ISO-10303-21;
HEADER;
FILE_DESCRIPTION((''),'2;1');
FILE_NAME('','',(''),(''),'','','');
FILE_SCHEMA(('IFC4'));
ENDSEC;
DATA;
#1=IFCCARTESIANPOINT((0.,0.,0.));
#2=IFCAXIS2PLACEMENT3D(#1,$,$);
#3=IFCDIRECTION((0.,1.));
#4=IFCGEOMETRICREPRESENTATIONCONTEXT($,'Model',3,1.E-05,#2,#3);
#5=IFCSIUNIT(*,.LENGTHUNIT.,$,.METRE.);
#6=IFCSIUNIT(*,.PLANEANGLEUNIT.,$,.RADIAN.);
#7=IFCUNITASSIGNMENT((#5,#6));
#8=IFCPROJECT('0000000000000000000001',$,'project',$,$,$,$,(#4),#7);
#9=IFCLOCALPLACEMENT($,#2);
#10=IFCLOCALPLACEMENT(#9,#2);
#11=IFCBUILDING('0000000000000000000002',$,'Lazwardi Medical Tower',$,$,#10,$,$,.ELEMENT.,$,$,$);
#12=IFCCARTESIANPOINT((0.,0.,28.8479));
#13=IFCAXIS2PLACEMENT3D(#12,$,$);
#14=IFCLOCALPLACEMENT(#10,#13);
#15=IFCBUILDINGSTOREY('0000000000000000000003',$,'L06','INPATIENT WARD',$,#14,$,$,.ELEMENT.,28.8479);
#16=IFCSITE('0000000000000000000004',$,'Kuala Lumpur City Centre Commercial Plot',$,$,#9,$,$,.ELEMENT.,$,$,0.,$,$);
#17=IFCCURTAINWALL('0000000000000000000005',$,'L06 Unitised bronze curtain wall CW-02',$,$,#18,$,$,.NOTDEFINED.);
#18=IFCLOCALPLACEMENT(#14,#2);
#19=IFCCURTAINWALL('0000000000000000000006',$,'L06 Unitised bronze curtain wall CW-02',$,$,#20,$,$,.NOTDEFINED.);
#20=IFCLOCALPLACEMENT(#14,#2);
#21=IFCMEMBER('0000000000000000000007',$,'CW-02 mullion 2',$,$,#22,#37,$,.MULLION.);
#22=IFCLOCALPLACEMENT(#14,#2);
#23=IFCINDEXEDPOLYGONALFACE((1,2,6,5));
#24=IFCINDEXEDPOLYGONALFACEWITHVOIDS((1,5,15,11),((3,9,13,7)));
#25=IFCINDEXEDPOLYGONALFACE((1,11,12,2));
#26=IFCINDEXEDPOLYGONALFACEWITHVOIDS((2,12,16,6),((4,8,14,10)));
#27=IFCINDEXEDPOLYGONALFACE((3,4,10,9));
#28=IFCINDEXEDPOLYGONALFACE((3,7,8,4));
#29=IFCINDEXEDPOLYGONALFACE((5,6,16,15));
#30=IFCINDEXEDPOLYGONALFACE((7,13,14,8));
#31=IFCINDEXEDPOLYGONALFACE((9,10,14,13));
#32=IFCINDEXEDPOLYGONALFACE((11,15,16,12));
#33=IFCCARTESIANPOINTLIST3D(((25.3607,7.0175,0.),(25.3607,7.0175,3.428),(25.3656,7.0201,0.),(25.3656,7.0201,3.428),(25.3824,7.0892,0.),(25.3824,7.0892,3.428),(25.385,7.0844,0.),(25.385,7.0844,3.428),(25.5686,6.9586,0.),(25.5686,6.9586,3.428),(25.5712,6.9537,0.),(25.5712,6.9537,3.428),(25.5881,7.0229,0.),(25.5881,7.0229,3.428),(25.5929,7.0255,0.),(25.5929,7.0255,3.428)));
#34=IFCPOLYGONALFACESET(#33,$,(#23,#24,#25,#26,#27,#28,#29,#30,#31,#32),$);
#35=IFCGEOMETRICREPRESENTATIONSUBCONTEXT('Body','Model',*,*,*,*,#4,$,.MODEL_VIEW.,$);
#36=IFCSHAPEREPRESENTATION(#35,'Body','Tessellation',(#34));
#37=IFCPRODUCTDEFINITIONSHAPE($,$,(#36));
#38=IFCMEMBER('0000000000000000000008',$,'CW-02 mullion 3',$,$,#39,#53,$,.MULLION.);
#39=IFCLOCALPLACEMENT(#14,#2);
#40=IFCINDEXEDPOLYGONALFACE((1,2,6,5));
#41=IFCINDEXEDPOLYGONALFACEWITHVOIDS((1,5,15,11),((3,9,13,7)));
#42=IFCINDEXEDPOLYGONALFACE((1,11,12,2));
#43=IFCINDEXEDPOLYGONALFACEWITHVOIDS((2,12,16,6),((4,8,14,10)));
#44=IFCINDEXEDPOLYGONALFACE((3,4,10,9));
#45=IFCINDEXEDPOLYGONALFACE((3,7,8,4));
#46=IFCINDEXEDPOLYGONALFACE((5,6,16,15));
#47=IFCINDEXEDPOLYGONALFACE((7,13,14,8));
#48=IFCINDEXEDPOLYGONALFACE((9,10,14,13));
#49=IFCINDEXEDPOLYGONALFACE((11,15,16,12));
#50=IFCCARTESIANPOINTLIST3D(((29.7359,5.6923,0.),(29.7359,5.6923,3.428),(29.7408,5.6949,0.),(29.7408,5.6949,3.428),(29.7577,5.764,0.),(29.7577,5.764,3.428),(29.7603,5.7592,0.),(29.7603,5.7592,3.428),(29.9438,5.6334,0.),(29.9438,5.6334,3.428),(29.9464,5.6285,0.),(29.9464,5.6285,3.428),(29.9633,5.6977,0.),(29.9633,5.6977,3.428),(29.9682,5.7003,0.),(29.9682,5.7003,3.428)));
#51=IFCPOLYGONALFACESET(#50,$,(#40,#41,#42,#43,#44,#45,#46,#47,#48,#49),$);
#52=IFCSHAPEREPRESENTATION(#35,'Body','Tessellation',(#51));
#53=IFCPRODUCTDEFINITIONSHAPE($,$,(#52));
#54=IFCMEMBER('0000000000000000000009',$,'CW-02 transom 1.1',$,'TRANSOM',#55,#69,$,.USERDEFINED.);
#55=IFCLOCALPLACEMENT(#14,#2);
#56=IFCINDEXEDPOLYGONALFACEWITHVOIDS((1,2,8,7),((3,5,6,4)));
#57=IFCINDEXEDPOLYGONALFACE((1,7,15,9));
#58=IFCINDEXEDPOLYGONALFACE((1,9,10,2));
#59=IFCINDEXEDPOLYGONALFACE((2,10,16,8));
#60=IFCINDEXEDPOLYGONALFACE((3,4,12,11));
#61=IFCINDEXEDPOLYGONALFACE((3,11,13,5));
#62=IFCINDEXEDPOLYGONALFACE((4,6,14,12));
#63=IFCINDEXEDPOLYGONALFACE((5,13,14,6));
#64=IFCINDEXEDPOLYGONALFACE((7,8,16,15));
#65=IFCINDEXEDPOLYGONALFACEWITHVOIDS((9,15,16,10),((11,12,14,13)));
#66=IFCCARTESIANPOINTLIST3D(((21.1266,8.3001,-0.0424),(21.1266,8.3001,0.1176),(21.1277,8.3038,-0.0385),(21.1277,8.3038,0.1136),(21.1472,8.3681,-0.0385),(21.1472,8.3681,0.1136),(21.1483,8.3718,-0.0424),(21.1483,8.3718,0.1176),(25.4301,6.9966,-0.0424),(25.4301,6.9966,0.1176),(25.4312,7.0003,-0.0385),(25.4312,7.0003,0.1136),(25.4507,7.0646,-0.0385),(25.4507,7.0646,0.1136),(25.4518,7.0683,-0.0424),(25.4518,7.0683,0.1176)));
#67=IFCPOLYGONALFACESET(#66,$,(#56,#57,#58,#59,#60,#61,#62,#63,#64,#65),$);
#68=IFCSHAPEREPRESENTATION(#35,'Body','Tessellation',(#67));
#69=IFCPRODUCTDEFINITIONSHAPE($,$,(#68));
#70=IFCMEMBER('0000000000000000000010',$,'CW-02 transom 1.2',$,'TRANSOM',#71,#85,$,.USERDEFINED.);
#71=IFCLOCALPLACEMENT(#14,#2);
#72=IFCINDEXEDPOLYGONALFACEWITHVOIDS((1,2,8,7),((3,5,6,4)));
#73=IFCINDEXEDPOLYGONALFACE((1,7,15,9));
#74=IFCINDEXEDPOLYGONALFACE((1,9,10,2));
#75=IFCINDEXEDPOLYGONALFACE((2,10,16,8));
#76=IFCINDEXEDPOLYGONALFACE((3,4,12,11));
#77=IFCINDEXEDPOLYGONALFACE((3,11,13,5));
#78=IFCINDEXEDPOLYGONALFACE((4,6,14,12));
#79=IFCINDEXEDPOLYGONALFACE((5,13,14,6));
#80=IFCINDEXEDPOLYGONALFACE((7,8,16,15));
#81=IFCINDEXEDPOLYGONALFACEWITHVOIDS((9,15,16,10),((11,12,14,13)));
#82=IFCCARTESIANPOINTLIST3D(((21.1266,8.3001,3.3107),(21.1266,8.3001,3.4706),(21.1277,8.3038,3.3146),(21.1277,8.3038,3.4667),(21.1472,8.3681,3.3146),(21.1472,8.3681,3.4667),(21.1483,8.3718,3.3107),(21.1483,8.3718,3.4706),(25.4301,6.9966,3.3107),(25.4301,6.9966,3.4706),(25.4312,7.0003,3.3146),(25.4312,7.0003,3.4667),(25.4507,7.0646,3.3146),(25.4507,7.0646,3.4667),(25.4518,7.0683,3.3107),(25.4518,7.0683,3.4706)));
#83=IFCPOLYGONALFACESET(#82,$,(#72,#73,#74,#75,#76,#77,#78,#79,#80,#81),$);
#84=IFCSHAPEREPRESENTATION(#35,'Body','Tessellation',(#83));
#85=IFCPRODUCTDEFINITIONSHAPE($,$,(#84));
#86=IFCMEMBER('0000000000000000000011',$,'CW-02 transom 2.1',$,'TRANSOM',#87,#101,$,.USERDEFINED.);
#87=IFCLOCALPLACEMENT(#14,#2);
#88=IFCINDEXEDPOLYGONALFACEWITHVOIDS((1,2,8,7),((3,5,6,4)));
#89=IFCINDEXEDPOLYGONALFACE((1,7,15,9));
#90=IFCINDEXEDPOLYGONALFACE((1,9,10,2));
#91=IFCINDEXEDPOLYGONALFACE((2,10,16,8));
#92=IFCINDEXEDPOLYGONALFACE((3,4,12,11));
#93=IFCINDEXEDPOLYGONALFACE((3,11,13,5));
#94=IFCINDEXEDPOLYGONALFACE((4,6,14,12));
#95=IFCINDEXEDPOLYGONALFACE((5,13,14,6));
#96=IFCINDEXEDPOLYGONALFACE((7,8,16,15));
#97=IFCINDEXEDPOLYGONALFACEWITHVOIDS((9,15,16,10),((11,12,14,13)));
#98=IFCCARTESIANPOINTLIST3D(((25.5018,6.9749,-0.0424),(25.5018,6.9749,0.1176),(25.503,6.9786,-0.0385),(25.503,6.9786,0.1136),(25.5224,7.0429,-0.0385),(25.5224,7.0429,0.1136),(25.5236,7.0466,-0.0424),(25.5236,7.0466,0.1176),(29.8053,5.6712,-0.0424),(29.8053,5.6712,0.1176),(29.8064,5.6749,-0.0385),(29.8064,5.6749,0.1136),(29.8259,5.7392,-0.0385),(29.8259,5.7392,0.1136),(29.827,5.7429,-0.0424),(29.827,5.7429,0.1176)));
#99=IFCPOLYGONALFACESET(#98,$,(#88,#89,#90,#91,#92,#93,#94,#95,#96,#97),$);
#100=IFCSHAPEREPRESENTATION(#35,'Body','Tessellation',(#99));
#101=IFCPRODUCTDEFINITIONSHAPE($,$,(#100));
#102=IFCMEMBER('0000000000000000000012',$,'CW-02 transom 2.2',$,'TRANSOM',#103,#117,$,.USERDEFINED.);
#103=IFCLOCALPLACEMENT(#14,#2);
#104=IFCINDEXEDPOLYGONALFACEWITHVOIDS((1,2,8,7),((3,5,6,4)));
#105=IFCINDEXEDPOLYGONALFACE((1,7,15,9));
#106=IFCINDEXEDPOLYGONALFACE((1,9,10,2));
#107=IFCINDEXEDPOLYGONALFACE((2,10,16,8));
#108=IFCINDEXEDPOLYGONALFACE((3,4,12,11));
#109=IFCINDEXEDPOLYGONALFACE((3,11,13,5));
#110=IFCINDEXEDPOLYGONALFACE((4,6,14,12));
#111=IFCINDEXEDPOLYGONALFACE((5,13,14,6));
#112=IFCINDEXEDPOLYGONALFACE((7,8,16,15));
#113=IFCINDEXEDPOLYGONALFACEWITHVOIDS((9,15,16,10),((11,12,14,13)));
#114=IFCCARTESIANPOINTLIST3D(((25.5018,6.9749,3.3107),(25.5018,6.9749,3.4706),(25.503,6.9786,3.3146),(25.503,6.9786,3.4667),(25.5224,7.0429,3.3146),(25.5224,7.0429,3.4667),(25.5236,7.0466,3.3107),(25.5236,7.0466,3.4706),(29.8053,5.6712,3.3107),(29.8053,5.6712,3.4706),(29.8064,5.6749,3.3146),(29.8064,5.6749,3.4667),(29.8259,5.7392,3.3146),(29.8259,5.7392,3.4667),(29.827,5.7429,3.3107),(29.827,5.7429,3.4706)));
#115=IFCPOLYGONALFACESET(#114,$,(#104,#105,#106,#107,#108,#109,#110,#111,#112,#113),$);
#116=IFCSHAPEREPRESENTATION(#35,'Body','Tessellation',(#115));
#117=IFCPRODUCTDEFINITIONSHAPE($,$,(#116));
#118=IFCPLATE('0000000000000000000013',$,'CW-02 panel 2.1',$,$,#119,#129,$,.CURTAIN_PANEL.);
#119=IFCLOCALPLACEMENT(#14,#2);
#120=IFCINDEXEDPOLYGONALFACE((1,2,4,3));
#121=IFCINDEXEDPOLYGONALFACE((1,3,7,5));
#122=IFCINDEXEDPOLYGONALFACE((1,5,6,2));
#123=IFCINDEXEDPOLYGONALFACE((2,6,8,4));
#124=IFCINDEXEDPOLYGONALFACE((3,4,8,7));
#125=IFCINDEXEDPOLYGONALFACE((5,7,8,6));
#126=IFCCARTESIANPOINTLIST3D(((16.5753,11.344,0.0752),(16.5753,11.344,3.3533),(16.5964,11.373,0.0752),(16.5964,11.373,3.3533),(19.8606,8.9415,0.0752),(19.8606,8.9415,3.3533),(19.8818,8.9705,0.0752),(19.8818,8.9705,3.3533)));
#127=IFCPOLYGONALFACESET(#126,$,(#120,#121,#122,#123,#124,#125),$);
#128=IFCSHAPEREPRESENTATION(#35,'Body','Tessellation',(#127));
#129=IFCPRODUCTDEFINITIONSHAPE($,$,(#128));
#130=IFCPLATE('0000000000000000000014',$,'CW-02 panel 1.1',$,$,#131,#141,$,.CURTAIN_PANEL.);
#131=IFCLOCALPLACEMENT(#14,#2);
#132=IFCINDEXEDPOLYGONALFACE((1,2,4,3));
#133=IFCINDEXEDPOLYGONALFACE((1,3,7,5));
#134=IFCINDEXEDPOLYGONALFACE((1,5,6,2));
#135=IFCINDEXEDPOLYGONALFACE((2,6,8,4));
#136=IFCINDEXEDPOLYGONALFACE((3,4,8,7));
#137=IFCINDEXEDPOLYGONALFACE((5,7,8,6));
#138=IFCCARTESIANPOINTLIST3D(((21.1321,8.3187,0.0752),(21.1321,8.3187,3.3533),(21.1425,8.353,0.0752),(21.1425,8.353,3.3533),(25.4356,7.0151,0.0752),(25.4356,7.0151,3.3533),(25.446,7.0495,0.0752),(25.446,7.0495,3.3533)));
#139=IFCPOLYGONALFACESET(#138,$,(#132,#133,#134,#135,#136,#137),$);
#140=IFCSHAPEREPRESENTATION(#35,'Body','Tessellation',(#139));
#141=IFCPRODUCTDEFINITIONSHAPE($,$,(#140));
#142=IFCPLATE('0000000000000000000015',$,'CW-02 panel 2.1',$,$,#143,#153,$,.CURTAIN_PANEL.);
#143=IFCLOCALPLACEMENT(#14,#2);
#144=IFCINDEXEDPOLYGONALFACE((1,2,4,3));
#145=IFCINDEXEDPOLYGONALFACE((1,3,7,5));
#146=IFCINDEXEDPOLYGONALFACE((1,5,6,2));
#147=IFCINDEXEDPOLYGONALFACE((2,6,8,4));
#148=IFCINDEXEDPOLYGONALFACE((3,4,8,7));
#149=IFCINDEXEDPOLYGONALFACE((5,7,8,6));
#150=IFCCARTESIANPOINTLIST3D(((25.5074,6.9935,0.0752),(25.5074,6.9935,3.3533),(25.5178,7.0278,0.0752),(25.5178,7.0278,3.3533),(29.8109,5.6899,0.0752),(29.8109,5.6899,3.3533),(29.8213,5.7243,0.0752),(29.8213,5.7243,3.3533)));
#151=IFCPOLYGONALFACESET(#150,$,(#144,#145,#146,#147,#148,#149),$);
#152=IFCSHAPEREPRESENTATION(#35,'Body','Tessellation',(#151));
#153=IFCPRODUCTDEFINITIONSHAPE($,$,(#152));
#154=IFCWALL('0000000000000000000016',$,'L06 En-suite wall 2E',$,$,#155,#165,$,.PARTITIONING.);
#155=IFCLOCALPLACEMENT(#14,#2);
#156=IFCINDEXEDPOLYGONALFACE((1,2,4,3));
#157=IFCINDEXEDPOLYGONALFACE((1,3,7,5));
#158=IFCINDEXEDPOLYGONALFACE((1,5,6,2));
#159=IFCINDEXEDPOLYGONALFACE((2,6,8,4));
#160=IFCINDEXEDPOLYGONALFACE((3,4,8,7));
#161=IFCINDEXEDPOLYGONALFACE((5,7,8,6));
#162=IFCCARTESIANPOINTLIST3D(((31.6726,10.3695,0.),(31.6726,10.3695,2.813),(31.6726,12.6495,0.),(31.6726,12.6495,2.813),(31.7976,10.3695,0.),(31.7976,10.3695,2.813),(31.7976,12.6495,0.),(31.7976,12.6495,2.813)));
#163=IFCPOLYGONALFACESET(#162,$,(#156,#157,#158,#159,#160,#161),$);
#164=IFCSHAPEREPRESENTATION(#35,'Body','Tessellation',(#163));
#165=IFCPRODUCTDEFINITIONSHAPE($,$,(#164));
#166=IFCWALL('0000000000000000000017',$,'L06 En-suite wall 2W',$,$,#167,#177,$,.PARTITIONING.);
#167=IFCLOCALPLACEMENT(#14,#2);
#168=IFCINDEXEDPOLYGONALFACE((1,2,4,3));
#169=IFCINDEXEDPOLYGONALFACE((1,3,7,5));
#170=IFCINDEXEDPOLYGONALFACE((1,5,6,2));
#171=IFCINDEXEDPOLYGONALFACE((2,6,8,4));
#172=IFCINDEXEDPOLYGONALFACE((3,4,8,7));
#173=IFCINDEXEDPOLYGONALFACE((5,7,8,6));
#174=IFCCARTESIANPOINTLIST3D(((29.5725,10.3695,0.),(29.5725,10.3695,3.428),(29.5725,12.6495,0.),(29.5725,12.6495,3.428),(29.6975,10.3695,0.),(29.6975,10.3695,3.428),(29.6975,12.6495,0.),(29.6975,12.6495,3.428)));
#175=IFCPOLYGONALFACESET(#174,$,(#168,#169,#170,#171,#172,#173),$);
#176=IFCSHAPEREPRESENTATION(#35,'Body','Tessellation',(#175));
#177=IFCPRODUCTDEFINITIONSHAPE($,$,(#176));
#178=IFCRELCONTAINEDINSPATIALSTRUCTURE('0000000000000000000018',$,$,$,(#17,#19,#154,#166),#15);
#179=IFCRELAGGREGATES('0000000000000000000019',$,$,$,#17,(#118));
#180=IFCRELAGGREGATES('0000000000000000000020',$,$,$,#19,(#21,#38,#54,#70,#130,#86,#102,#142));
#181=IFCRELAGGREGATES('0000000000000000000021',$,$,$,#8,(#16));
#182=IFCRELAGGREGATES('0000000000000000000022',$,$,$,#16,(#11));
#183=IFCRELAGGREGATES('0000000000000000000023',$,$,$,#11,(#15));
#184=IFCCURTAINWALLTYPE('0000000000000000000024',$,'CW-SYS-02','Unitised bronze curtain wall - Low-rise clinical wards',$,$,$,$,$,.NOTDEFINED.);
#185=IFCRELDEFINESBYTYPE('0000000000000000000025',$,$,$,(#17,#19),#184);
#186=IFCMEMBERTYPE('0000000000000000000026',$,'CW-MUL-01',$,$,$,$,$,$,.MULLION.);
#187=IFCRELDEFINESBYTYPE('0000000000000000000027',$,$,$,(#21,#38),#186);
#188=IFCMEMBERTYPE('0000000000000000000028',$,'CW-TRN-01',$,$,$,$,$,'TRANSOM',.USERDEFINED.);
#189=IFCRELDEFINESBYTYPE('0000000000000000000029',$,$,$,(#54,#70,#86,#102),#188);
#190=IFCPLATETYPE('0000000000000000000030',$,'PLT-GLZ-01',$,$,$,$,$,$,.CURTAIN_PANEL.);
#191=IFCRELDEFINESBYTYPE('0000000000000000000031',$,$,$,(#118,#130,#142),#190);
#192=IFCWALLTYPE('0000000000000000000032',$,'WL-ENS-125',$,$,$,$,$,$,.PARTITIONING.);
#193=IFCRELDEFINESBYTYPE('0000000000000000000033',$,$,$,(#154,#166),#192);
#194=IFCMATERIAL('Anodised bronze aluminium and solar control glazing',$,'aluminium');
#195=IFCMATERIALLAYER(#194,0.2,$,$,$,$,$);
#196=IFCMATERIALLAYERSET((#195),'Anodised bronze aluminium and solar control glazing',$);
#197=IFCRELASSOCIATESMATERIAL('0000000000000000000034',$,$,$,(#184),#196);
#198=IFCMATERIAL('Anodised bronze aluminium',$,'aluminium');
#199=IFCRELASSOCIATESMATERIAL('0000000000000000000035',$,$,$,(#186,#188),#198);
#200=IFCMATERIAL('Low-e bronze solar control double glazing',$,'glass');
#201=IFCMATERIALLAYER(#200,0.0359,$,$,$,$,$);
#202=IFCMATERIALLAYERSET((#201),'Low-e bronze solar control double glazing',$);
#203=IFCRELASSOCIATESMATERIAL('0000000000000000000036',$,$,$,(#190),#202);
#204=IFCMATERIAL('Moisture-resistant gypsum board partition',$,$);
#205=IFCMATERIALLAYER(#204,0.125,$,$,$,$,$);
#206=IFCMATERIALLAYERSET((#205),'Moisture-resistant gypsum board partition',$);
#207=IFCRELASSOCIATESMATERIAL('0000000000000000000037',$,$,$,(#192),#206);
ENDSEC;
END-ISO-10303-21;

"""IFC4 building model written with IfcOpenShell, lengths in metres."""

from ifc_helpers import new_model, si_unit, direction, frame, frame_2d, origin, origin_2d, place, context, subcontext, project, spatial, rectangle, hollow_rectangle, extrude, material, layer, layer_set, material_profile, profile_set, type_object, element, aggregate, save


model = new_model("IFC4")

# Units and contexts
model_context = context("Model", 3, precision=1e-05, world=origin(), true_north=direction((0.0, 1.0)))
body_context = subcontext(model_context, "Body", "Model", "MODEL_VIEW")
ifc_project = project(units=[si_unit("LENGTHUNIT", "METRE"), si_unit("PLANEANGLEUNIT", "RADIAN")], contexts=[model_context])

# Site, building, storey
site_placement = place(None, origin())
site = spatial("IfcSite", under=ifc_project, at=site_placement, Name="Kuala Lumpur City Centre Commercial Plot", CompositionType="ELEMENT", RefElevation=0.0)
building_placement = place(site_placement, origin())
building = spatial("IfcBuilding", under=site, at=building_placement, Name="Lazwardi Medical Tower", CompositionType="ELEMENT")
storey_placement = place(building_placement, frame((0.0, 0.0, 28.8479)))
storey = spatial("IfcBuildingStorey", under=building, at=storey_placement, Name="L06", Description="INPATIENT WARD", CompositionType="ELEMENT", Elevation=28.8479)

# Curtain wall
ifc_material_1 = material(Name="Anodised bronze aluminium and solar control glazing", Category="aluminium")
ifc_layer_1 = layer(ifc_material_1, 0.2)
ifc_layer_set_1 = layer_set([ifc_layer_1], Name="Anodised bronze aluminium and solar control glazing")
curtain_wall_type = type_object("IfcCurtainWallType", Name="CW-SYS-02", Description="Unitised bronze curtain wall - Low-rise clinical wards", PredefinedType="NOTDEFINED", material=ifc_layer_set_1)
curtain_wall_1_placement = place(storey_placement, origin())
curtain_wall_1 = element("IfcCurtainWall", 1, at=curtain_wall_1_placement, inside=storey, type_object=curtain_wall_type, Name="L06 Unitised bronze curtain wall CW-02", PredefinedType="NOTDEFINED")
ifc_material_2 = material(Name="Anodised bronze aluminium", Category="aluminium")
ifc_material_profile_1 = material_profile(ifc_material_2, hollow_rectangle(XDim=0.075, YDim=0.22, WallThickness=0.0039, at=origin_2d()), Name="ALU-MULLION 220x75x4")
ifc_profile_set_1 = profile_set([ifc_material_profile_1], Name="Anodised bronze aluminium")
member_type_1 = type_object("IfcMemberType", Name="CW-MUL-01", PredefinedType="MULLION", material=ifc_profile_set_1)

# Curtain wall, members
curtain_wall_2_placement = place(storey_placement, origin())
curtain_wall_2 = element("IfcCurtainWall", 2, at=curtain_wall_2_placement, inside=storey, type_object=curtain_wall_type, Name="L06 Unitised bronze curtain wall CW-02", PredefinedType="NOTDEFINED")
member_1_placement = place(storey_placement, frame((25.4768, 7.0215, 0.0), z_axis=(0.0, 0.0, 1.0), x_axis=(0.289896, 0.957058, 0.0)))
member_1 = element("IfcMember", 3, at=member_1_placement, type_object=member_type_1, Name="CW-02 mullion 2", PredefinedType="MULLION", context=body_context, shape_type="SweptSolid", body=[
    extrude(hollow_rectangle(XDim=0.075, YDim=0.22, WallThickness=0.0039, at=origin_2d()), origin(), (0.0, 0.0, 1.0), 3.428),
])
member_2_placement = place(storey_placement, frame((29.8521, 5.6963, 0.0), z_axis=(0.0, 0.0, 1.0), x_axis=(0.289896, 0.957058, 0.0)))
member_2 = element("IfcMember", 4, at=member_2_placement, type_object=member_type_1, Name="CW-02 mullion 3", PredefinedType="MULLION", context=body_context, shape_type="SweptSolid", body=[
    extrude(hollow_rectangle(XDim=0.075, YDim=0.22, WallThickness=0.0039, at=origin_2d()), origin(), (0.0, 0.0, 1.0), 3.428),
])
ifc_material_profile_2 = material_profile(ifc_material_2, hollow_rectangle(XDim=0.075, YDim=0.1599, WallThickness=0.0039, at=origin_2d()), Name="ALU-TRANSOM 160x75x4")
ifc_profile_set_2 = profile_set([ifc_material_profile_2], Name="Anodised bronze aluminium")
member_type_2 = type_object("IfcMemberType", Name="CW-TRN-01", ElementType="TRANSOM", PredefinedType="USERDEFINED", material=ifc_profile_set_2)
member_3_placement = place(storey_placement, frame((21.1375, 8.3359, 0.0376), z_axis=(0.957062, -0.289882, 0.0), x_axis=(0.289882, 0.957062, 0.0)))
member_3 = element("IfcMember", 5, at=member_3_placement, type_object=member_type_2, Name="CW-02 transom 1.1", ObjectType="TRANSOM", PredefinedType="USERDEFINED", context=body_context, shape_type="SweptSolid", body=[
    extrude(hollow_rectangle(XDim=0.075, YDim=0.1599, WallThickness=0.0039, at=origin_2d()), origin(), (0.0, 0.0, 1.0), 4.4966),
])
member_4_placement = place(storey_placement, frame((21.1375, 8.3359, 3.3906), z_axis=(0.957062, -0.289882, 0.0), x_axis=(0.289882, 0.957062, 0.0)))
member_4 = element("IfcMember", 6, at=member_4_placement, type_object=member_type_2, Name="CW-02 transom 1.2", ObjectType="TRANSOM", PredefinedType="USERDEFINED", context=body_context, shape_type="SweptSolid", body=[
    extrude(hollow_rectangle(XDim=0.075, YDim=0.1599, WallThickness=0.0039, at=origin_2d()), origin(), (0.0, 0.0, 1.0), 4.4966),
])
member_5_placement = place(storey_placement, frame((25.5127, 7.0107, 0.0376), z_axis=(0.957047, -0.289932, 0.0), x_axis=(0.289932, 0.957047, 0.0)))
member_5 = element("IfcMember", 7, at=member_5_placement, type_object=member_type_2, Name="CW-02 transom 2.1", ObjectType="TRANSOM", PredefinedType="USERDEFINED", context=body_context, shape_type="SweptSolid", body=[
    extrude(hollow_rectangle(XDim=0.075, YDim=0.1599, WallThickness=0.0039, at=origin_2d()), origin(), (0.0, 0.0, 1.0), 4.4966),
])
member_6_placement = place(storey_placement, frame((25.5127, 7.0107, 3.3906), z_axis=(0.957047, -0.289932, 0.0), x_axis=(0.289932, 0.957047, 0.0)))
member_6 = element("IfcMember", 8, at=member_6_placement, type_object=member_type_2, Name="CW-02 transom 2.2", ObjectType="TRANSOM", PredefinedType="USERDEFINED", context=body_context, shape_type="SweptSolid", body=[
    extrude(hollow_rectangle(XDim=0.075, YDim=0.1599, WallThickness=0.0039, at=origin_2d()), origin(), (0.0, 0.0, 1.0), 4.4966),
])

# Plates
ifc_material_3 = material(Name="Low-e bronze solar control double glazing", Category="glass")
ifc_layer_2 = layer(ifc_material_3, 0.0359)
ifc_layer_set_2 = layer_set([ifc_layer_2], Name="Low-e bronze solar control double glazing")
plate_type = type_object("IfcPlateType", Name="PLT-GLZ-01", PredefinedType="CURTAIN_PANEL", material=ifc_layer_set_2)
plate_1_placement = place(storey_placement, frame((18.2285, 10.1572, 0.0752), z_axis=(0.0, 0.0, 1.0), x_axis=(0.807192, -0.590289, 0.0)))
plate_1 = element("IfcPlate", 9, at=plate_1_placement, type_object=plate_type, Name="CW-02 panel 2.1", PredefinedType="CURTAIN_PANEL", context=body_context, shape_type="SweptSolid", body=[
    extrude(rectangle(XDim=4.0701, YDim=0.0359, at=origin_2d()), origin(), (0.0, 0.0, 1.0), 3.2781),
])
aggregate(curtain_wall_1, [plate_1])
plate_2_placement = place(storey_placement, frame((23.2891, 7.6841, 0.0752), z_axis=(0.0, 0.0, 1.0), x_axis=(0.957058, -0.289896, 0.0)))
plate_2 = element("IfcPlate", 10, at=plate_2_placement, type_object=plate_type, Name="CW-02 panel 1.1", PredefinedType="CURTAIN_PANEL", context=body_context, shape_type="SweptSolid", body=[
    extrude(rectangle(XDim=4.4966, YDim=0.0359, at=origin_2d()), origin(), (0.0, 0.0, 1.0), 3.2781),
])
plate_3_placement = place(storey_placement, frame((27.6643, 6.3589, 0.0752), z_axis=(0.0, 0.0, 1.0), x_axis=(0.957058, -0.289896, 0.0)))
plate_3 = element("IfcPlate", 11, at=plate_3_placement, type_object=plate_type, Name="CW-02 panel 2.1", PredefinedType="CURTAIN_PANEL", context=body_context, shape_type="SweptSolid", body=[
    extrude(rectangle(XDim=4.4966, YDim=0.0359, at=origin_2d()), origin(), (0.0, 0.0, 1.0), 3.2781),
])
aggregate(curtain_wall_2, [member_1, member_2, member_3, member_4, plate_2, member_5, member_6, plate_3])

# Walls
ifc_material_4 = material(Name="Moisture-resistant gypsum board partition")
ifc_layer_3 = layer(ifc_material_4, 0.125)
ifc_layer_set_3 = layer_set([ifc_layer_3], Name="Moisture-resistant gypsum board partition")
wall_type_1 = type_object("IfcWallType", Name="WL-ENS-125", PredefinedType="PARTITIONING", material=ifc_layer_set_3)
wall_1_placement = place(storey_placement, frame((31.7351, 10.3694, 0.0), z_axis=(0.0, 0.0, 1.0), x_axis=(0.0, 1.0, 0.0)))
element("IfcWall", 12, at=wall_1_placement, inside=storey, type_object=wall_type_1, Name="L06 En-suite wall 2E", PredefinedType="PARTITIONING", context=body_context, shape_type="SweptSolid", body=[
    extrude(rectangle(XDim=2.28, YDim=0.125, at=frame_2d((1.1401, 0.0))), origin(), (0.0, 0.0, 1.0), 2.813),
])
wall_2_placement = place(storey_placement, frame((29.635, 10.3694, 0.0), z_axis=(0.0, 0.0, 1.0), x_axis=(0.0, 1.0, 0.0)))
element("IfcWall", 13, at=wall_2_placement, inside=storey, type_object=wall_type_1, Name="L06 En-suite wall 2W", PredefinedType="PARTITIONING", context=body_context, shape_type="SweptSolid", body=[
    extrude(rectangle(XDim=2.28, YDim=0.125, at=frame_2d((1.1401, 0.0))), origin(), (0.0, 0.0, 1.0), 3.428),
])

save(model, "model.ifc")
